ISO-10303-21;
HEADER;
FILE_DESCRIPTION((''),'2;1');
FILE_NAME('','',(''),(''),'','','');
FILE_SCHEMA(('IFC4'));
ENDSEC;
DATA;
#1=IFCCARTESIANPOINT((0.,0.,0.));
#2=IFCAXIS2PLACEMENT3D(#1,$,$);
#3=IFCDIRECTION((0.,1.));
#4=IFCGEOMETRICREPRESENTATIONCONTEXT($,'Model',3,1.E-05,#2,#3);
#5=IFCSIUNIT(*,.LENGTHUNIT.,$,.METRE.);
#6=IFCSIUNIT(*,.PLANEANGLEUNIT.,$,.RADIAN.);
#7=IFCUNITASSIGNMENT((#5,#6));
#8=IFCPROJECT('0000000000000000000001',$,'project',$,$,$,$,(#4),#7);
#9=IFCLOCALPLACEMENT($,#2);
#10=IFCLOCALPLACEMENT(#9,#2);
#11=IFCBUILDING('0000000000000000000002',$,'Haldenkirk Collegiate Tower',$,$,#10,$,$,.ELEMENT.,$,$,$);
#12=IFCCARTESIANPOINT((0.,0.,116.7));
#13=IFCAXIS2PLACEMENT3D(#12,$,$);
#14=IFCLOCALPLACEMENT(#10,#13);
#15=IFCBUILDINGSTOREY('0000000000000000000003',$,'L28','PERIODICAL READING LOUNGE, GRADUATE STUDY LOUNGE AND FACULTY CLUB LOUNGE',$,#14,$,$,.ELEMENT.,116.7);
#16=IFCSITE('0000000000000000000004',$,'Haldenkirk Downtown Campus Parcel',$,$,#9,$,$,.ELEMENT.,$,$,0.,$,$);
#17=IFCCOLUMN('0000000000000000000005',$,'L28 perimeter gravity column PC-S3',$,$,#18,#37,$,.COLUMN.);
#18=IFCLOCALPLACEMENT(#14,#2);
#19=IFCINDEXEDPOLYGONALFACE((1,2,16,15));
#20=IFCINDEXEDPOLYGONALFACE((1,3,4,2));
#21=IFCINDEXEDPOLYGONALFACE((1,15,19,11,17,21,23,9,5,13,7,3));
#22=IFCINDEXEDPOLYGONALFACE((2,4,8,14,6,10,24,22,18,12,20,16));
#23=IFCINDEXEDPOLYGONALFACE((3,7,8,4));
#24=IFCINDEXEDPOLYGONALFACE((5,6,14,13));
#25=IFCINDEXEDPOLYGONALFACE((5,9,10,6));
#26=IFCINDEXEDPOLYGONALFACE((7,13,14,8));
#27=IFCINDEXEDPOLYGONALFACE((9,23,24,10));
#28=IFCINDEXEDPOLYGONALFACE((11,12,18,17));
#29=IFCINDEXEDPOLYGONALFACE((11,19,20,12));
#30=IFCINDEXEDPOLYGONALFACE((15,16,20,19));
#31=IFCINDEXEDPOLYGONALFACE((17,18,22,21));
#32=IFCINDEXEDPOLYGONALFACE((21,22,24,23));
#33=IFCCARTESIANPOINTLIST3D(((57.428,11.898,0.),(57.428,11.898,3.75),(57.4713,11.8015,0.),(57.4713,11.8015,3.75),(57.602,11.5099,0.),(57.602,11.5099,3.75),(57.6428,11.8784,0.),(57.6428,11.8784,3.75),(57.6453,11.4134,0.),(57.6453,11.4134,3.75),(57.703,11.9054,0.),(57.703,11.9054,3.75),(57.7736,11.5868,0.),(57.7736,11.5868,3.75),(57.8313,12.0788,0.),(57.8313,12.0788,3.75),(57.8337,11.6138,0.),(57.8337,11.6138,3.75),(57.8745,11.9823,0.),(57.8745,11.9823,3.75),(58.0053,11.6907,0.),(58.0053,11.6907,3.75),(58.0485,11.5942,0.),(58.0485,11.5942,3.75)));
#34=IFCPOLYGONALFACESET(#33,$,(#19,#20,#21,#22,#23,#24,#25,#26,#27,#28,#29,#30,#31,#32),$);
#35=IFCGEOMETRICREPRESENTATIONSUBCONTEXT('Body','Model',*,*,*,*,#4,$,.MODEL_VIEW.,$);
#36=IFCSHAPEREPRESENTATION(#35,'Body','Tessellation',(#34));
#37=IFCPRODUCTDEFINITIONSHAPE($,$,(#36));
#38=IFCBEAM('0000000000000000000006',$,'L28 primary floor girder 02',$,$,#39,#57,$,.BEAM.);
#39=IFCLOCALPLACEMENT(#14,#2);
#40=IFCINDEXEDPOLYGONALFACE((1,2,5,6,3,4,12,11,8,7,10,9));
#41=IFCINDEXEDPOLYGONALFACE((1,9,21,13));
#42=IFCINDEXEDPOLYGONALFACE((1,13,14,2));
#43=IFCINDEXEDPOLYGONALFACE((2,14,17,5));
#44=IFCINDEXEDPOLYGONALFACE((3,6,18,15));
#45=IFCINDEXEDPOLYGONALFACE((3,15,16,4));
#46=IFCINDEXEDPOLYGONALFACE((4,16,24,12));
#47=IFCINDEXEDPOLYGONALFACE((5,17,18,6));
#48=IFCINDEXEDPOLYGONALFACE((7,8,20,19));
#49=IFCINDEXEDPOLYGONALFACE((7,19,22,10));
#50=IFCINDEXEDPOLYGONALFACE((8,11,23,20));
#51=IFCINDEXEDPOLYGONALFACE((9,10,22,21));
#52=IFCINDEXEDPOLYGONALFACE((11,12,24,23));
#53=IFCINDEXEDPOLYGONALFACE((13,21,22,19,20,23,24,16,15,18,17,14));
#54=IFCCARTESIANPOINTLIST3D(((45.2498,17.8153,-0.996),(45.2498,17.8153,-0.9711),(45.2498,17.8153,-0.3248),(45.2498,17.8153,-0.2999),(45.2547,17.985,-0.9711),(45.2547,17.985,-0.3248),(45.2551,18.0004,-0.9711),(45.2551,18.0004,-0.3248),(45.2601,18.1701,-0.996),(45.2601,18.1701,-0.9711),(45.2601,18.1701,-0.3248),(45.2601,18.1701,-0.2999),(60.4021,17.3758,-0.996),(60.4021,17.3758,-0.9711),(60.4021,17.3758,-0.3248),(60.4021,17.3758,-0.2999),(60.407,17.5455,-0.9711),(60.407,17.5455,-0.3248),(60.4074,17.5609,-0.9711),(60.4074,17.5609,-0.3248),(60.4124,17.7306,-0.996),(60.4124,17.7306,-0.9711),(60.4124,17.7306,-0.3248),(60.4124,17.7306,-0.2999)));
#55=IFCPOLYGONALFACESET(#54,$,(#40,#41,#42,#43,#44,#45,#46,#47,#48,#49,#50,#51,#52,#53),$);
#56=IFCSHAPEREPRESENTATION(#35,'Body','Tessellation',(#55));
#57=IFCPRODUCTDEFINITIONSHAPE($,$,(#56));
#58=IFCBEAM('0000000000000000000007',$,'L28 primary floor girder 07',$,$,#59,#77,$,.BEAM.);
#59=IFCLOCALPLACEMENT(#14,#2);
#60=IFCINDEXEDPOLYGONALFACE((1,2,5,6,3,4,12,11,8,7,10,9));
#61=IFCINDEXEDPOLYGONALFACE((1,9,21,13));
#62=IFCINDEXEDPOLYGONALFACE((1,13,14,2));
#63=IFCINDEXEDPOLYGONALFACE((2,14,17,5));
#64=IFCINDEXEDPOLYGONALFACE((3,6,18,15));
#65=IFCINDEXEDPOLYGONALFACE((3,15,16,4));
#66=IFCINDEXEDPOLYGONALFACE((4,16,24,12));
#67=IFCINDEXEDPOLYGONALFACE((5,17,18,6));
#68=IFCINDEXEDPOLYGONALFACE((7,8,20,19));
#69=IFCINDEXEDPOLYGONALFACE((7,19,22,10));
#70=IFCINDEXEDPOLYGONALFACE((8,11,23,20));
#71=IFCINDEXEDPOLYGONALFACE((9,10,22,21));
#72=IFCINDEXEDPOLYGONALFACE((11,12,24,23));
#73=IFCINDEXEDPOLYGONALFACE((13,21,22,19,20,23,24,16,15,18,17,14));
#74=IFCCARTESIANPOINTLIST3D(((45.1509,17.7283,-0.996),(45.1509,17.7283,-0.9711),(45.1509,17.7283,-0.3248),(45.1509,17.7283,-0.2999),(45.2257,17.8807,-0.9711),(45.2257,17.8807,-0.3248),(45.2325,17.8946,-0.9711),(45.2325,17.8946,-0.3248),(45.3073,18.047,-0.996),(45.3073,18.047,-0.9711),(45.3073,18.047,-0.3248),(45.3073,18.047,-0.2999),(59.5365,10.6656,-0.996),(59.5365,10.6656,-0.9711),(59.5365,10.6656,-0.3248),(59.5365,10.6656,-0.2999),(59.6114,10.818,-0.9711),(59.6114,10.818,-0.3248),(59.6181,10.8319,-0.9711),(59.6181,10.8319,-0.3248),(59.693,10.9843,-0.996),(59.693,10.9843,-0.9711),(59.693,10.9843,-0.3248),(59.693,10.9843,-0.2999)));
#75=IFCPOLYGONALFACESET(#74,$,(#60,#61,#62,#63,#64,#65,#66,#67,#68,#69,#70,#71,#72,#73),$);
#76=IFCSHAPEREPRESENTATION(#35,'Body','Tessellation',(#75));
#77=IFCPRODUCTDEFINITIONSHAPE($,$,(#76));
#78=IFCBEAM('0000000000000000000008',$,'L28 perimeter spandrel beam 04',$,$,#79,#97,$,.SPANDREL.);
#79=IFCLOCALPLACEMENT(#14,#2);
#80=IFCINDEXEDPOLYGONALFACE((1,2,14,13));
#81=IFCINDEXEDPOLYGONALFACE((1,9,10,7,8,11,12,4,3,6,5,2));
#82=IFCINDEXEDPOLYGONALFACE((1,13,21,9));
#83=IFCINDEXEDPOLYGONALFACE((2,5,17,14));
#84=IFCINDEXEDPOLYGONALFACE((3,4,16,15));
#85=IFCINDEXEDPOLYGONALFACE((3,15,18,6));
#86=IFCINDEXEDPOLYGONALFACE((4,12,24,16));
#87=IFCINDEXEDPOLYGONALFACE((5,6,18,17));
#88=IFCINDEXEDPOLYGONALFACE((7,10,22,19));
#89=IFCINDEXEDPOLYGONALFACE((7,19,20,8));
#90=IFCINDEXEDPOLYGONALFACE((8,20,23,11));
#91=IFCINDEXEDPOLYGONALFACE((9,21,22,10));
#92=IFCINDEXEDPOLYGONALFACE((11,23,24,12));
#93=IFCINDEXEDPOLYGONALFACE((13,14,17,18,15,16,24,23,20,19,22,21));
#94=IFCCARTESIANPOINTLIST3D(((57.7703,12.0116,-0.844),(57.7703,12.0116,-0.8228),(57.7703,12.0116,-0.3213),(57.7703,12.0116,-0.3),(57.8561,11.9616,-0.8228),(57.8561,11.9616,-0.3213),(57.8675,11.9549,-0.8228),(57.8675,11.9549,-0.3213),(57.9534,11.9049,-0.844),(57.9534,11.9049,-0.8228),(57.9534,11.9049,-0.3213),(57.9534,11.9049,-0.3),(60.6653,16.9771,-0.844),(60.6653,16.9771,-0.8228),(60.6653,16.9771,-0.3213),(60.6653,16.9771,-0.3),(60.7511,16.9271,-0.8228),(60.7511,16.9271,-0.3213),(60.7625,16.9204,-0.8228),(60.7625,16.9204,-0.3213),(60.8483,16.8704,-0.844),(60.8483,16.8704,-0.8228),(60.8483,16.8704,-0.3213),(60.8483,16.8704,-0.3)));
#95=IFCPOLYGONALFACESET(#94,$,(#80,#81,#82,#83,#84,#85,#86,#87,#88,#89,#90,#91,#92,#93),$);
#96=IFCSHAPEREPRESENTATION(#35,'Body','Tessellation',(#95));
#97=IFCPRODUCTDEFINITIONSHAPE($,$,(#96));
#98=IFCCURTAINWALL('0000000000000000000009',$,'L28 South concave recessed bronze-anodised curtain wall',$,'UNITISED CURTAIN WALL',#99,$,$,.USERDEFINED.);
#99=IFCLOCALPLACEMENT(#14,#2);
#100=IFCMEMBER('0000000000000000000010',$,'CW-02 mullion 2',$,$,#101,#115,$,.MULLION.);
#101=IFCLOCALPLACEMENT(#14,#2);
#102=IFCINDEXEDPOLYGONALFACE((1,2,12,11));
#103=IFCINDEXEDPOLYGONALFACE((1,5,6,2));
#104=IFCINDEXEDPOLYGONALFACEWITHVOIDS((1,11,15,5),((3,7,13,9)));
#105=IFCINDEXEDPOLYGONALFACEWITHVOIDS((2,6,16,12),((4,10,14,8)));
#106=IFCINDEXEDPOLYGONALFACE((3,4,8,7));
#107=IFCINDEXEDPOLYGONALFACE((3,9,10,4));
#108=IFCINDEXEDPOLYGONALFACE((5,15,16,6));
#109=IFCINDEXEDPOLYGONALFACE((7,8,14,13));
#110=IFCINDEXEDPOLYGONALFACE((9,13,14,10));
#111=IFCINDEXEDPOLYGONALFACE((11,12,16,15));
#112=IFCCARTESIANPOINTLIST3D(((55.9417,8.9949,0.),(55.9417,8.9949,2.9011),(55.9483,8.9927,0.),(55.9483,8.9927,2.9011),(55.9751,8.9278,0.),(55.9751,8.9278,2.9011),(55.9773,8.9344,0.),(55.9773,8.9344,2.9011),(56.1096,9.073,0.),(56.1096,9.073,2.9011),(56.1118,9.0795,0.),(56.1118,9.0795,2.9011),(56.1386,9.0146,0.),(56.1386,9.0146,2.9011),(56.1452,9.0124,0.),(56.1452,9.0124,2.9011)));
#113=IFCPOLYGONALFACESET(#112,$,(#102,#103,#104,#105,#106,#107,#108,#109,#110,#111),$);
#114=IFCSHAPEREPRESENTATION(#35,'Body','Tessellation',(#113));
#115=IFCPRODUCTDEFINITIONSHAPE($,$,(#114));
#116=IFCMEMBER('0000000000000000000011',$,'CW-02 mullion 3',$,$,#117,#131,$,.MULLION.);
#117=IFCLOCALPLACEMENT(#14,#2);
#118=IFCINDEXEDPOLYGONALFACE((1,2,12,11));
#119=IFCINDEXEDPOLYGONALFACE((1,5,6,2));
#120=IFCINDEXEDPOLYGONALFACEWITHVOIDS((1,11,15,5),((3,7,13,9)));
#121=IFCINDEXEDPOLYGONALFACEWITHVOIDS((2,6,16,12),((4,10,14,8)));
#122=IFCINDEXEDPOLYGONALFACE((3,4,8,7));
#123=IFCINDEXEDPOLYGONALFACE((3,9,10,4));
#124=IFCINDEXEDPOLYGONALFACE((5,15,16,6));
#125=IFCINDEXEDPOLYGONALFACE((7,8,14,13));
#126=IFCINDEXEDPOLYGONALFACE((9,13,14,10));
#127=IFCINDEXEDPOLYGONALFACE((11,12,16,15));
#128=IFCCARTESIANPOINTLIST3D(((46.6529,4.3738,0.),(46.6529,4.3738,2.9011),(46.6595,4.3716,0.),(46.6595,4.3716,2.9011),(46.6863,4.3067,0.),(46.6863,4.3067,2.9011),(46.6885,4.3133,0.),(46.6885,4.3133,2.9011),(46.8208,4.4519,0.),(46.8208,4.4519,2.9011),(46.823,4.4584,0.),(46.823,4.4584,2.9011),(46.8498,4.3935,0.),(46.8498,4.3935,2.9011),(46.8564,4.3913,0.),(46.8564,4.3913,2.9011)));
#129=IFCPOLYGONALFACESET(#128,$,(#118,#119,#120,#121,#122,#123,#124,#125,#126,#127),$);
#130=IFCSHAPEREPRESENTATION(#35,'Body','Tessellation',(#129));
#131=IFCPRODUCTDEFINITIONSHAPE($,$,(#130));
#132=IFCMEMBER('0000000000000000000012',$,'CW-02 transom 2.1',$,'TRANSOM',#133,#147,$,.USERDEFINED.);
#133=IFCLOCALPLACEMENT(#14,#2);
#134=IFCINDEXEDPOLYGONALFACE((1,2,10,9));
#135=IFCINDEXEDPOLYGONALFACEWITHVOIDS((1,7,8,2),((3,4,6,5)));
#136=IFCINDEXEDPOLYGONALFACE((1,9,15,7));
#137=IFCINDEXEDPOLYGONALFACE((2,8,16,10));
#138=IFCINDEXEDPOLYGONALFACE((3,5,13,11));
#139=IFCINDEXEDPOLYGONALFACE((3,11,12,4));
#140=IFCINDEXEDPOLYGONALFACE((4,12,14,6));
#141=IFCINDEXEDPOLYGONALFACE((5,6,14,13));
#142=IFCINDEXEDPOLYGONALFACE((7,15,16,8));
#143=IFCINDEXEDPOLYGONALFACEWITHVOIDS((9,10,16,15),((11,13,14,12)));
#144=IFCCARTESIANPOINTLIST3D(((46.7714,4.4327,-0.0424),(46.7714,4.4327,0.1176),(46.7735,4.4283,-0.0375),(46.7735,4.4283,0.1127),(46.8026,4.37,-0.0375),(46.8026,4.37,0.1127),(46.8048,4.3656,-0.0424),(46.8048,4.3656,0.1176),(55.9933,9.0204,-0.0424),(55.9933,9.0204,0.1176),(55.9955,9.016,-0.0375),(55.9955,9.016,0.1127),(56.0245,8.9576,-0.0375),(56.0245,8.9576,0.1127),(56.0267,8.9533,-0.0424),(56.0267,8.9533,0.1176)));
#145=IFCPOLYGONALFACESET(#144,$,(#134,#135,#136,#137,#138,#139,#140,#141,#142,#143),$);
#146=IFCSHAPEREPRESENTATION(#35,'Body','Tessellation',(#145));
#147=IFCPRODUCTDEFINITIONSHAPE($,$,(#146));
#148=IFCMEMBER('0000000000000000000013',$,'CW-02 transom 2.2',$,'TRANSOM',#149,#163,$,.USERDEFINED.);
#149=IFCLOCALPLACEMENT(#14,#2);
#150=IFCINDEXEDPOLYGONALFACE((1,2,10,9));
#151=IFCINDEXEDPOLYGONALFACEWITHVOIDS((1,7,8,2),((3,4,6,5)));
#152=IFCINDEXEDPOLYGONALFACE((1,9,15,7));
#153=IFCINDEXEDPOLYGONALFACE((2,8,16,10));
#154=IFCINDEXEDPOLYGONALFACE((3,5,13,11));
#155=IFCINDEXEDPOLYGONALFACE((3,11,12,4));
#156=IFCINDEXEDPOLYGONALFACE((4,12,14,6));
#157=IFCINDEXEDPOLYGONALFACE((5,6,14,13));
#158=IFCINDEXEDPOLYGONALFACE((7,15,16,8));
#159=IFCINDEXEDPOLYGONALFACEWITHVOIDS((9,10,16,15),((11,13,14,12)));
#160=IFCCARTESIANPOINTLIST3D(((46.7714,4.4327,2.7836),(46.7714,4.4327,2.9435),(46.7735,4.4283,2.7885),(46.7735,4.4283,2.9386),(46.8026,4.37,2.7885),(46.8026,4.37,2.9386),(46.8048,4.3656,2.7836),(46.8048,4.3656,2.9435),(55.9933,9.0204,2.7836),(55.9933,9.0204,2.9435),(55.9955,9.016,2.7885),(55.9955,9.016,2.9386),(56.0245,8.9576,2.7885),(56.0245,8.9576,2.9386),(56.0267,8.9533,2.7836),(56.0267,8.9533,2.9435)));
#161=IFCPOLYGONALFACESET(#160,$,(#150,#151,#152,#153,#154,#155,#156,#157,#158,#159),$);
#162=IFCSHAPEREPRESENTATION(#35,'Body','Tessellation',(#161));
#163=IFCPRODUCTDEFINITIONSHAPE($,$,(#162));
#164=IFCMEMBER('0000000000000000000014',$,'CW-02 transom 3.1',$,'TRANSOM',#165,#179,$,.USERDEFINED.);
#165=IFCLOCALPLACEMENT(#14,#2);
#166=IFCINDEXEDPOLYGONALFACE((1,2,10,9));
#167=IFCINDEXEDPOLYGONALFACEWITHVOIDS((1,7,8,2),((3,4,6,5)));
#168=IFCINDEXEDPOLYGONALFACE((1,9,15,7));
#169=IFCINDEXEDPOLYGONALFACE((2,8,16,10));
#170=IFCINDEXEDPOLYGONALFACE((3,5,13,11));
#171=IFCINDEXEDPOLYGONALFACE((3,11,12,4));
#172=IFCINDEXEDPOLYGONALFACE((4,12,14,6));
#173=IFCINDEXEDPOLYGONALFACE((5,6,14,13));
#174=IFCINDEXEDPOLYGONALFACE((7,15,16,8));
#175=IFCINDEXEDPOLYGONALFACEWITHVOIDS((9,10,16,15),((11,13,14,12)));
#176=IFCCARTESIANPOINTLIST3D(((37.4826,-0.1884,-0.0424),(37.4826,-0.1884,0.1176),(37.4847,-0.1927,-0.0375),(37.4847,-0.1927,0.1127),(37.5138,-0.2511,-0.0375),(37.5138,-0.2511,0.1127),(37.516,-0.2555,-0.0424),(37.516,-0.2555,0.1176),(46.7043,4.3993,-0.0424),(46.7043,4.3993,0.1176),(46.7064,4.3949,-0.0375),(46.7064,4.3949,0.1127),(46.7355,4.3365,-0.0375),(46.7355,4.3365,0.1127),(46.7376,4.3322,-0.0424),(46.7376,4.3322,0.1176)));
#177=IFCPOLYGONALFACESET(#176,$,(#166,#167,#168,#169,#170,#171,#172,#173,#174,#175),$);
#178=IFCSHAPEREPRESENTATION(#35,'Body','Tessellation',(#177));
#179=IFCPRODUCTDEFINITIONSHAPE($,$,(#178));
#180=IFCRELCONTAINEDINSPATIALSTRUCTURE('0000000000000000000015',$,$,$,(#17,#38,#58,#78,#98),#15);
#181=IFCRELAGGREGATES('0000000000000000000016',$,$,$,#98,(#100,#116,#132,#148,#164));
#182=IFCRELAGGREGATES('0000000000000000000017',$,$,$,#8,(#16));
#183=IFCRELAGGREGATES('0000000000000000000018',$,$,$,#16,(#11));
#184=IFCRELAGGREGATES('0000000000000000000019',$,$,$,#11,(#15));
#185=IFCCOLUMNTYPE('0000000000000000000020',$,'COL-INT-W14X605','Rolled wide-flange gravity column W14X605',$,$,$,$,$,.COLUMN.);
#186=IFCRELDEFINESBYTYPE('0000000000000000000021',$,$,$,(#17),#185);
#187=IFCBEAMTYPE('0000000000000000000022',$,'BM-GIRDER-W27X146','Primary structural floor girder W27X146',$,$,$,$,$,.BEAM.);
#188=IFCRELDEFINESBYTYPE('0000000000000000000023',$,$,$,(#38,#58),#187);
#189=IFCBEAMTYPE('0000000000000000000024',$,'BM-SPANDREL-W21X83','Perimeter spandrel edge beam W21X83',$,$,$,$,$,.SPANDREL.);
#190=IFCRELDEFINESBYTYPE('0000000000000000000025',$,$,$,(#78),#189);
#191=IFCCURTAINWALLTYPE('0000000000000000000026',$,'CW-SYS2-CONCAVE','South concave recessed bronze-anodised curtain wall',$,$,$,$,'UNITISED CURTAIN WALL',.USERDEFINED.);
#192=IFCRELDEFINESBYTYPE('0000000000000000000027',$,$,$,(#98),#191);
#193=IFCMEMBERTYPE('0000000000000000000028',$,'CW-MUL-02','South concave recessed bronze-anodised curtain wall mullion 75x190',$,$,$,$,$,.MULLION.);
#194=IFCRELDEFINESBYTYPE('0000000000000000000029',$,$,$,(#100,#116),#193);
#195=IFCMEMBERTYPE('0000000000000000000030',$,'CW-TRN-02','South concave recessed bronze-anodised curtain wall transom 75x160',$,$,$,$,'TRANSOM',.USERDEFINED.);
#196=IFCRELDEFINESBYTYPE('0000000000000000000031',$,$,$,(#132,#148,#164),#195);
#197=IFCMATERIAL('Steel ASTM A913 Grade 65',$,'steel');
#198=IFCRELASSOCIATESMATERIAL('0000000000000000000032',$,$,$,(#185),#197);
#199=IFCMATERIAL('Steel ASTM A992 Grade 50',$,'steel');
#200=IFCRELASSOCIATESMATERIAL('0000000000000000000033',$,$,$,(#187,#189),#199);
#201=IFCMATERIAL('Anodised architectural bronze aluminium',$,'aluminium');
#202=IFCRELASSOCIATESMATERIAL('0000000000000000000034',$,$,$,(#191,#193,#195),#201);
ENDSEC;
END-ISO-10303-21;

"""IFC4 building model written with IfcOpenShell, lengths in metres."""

from ifc_helpers import new_model, si_unit, direction, frame, origin, origin_2d, place, context, subcontext, project, spatial, hollow_rectangle, i_section, extrude, material, material_profile, profile_set, type_object, element, aggregate, save


model = new_model("IFC4")

# Units and contexts
model_context = context("Model", 3, precision=1e-05, world=origin(), true_north=direction((0.0, 1.0)))
body_context = subcontext(model_context, "Body", "Model", "MODEL_VIEW")
ifc_project = project(units=[si_unit("LENGTHUNIT", "METRE"), si_unit("PLANEANGLEUNIT", "RADIAN")], contexts=[model_context])

# Site, building, storey
site_placement = place(None, origin())
site = spatial("IfcSite", under=ifc_project, at=site_placement, Name="Haldenkirk Downtown Campus Parcel", CompositionType="ELEMENT", RefElevation=0.0)
building_placement = place(site_placement, origin())
building = spatial("IfcBuilding", under=site, at=building_placement, Name="Haldenkirk Collegiate Tower", CompositionType="ELEMENT")
storey_placement = place(building_placement, frame((0.0, 0.0, 116.7)))
storey = spatial("IfcBuildingStorey", under=building, at=storey_placement, Name="L28", Description="PERIODICAL READING LOUNGE, GRADUATE STUDY LOUNGE AND FACULTY CLUB LOUNGE", CompositionType="ELEMENT", Elevation=116.7)

# Column
ifc_material_1 = material(Name="Steel ASTM A913 Grade 65", Category="steel")
ifc_material_profile_1 = material_profile(ifc_material_1, i_section(OverallWidth=0.4419, OverallDepth=0.531, WebThickness=0.0659, FlangeThickness=0.1057, at=origin_2d()), Name="W14X605")
ifc_profile_set_1 = profile_set([ifc_material_profile_1], Name="Steel ASTM A913 Grade 65")
column_type = type_object("IfcColumnType", Name="COL-INT-W14X605", Description="Rolled wide-flange gravity column W14X605", PredefinedType="COLUMN", material=ifc_profile_set_1)
column_placement = place(storey_placement, frame((57.7383, 11.7461, 0.0), z_axis=(0.0, 0.0, 1.0), x_axis=(0.912477, 0.409127, 0.0)))
element("IfcColumn", 1, at=column_placement, inside=storey, type_object=column_type, Name="L28 perimeter gravity column PC-S3", PredefinedType="COLUMN", context=body_context, shape_type="SweptSolid", body=[
    extrude(i_section(OverallWidth=0.4419, OverallDepth=0.531, WebThickness=0.0659, FlangeThickness=0.1057, at=origin_2d()), origin(), (0.0, 0.0, 1.0), 3.75),
])

# Beams
ifc_material_2 = material(Name="Steel ASTM A992 Grade 50", Category="steel")
ifc_material_profile_2 = material_profile(ifc_material_2, i_section(OverallWidth=0.355, OverallDepth=0.696, WebThickness=0.0154, FlangeThickness=0.0249, at=origin_2d()), Name="W27X146")
ifc_profile_set_2 = profile_set([ifc_material_profile_2], Name="Steel ASTM A992 Grade 50")
beam_type_1 = type_object("IfcBeamType", Name="BM-GIRDER-W27X146", Description="Primary structural floor girder W27X146", PredefinedType="BEAM", material=ifc_profile_set_2)
beam_1_placement = place(storey_placement, frame((60.4072, 17.5532, -0.6479), z_axis=(-0.99958, 0.02899, 0.0), x_axis=(-0.02899, -0.99958, 0.0)))
element("IfcBeam", 2, at=beam_1_placement, inside=storey, type_object=beam_type_1, Name="L28 primary floor girder 02", PredefinedType="BEAM", context=body_context, shape_type="SweptSolid", body=[
    extrude(i_section(OverallWidth=0.355, OverallDepth=0.696, WebThickness=0.0154, FlangeThickness=0.0249, at=origin_2d()), origin(), (0.0, 0.0, 1.0), 15.1587),
])
beam_2_placement = place(storey_placement, frame((59.6147, 10.825, -0.6479), z_axis=(-0.897652, 0.440706, 0.0), x_axis=(-0.440706, -0.897652, 0.0)))
element("IfcBeam", 3, at=beam_2_placement, inside=storey, type_object=beam_type_1, Name="L28 primary floor girder 07", PredefinedType="BEAM", context=body_context, shape_type="SweptSolid", body=[
    extrude(i_section(OverallWidth=0.355, OverallDepth=0.696, WebThickness=0.0154, FlangeThickness=0.0249, at=origin_2d()), origin(), (0.0, 0.0, 1.0), 16.0259),
])
ifc_material_profile_3 = material_profile(ifc_material_2, i_section(OverallWidth=0.2119, OverallDepth=0.5439, WebThickness=0.0132, FlangeThickness=0.0212, at=origin_2d()), Name="W21X83")
ifc_profile_set_3 = profile_set([ifc_material_profile_3], Name="Steel ASTM A992 Grade 50")
beam_type_2 = type_object("IfcBeamType", Name="BM-SPANDREL-W21X83", Description="Perimeter spandrel edge beam W21X83", PredefinedType="SPANDREL", material=ifc_profile_set_3)
beam_3_placement = place(storey_placement, frame((57.8618, 11.9583, -0.572), z_axis=(0.503668, 0.863897, 0.0), x_axis=(-0.863897, 0.503668, 0.0)))
element("IfcBeam", 4, at=beam_3_placement, inside=storey, type_object=beam_type_2, Name="L28 perimeter spandrel beam 04", PredefinedType="SPANDREL", context=body_context, shape_type="SweptSolid", body=[
    extrude(i_section(OverallWidth=0.2119, OverallDepth=0.5439, WebThickness=0.0132, FlangeThickness=0.0212, at=origin_2d()), origin(), (0.0, 0.0, 1.0), 5.7478),
])

# Curtain wall, members
ifc_material_3 = material(Name="Anodised architectural bronze aluminium", Category="aluminium")
curtain_wall_type = type_object("IfcCurtainWallType", Name="CW-SYS2-CONCAVE", Description="South concave recessed bronze-anodised curtain wall", ElementType="UNITISED CURTAIN WALL", PredefinedType="USERDEFINED", material=ifc_material_3)
curtain_wall_placement = place(storey_placement, origin())
curtain_wall = element("IfcCurtainWall", 5, at=curtain_wall_placement, inside=storey, type_object=curtain_wall_type, Name="L28 South concave recessed bronze-anodised curtain wall", ObjectType="UNITISED CURTAIN WALL", PredefinedType="USERDEFINED")
ifc_material_profile_4 = material_profile(ifc_material_3, hollow_rectangle(XDim=0.075, YDim=0.1899, WallThickness=0.0049, at=origin_2d()), Name="CW-MUL-02")
ifc_profile_set_4 = profile_set([ifc_material_profile_4], Name="Anodised architectural bronze aluminium")
member_type_1 = type_object("IfcMemberType", Name="CW-MUL-02", Description="South concave recessed bronze-anodised curtain wall mullion 75x190", PredefinedType="MULLION", material=ifc_profile_set_4)
member_1_placement = place(storey_placement, frame((56.0435, 9.0037, 0.0), z_axis=(0.0, 0.0, 1.0), x_axis=(0.445415, -0.895324, 0.0)))
member_1 = element("IfcMember", 6, at=member_1_placement, type_object=member_type_1, Name="CW-02 mullion 2", PredefinedType="MULLION", context=body_context, shape_type="SweptSolid", body=[
    extrude(hollow_rectangle(XDim=0.075, YDim=0.1899, WallThickness=0.0049, at=origin_2d()), origin(), (0.0, 0.0, 1.0), 2.9011),
])
member_2_placement = place(storey_placement, frame((46.7546, 4.3826, 0.0), z_axis=(0.0, 0.0, 1.0), x_axis=(0.445415, -0.895324, 0.0)))
member_2 = element("IfcMember", 7, at=member_2_placement, type_object=member_type_1, Name="CW-02 mullion 3", PredefinedType="MULLION", context=body_context, shape_type="SweptSolid", body=[
    extrude(hollow_rectangle(XDim=0.075, YDim=0.1899, WallThickness=0.0049, at=origin_2d()), origin(), (0.0, 0.0, 1.0), 2.9011),
])
ifc_material_profile_5 = material_profile(ifc_material_3, hollow_rectangle(XDim=0.075, YDim=0.1599, WallThickness=0.0049, at=origin_2d()), Name="CW-TRN-02")
ifc_profile_set_5 = profile_set([ifc_material_profile_5], Name="Anodised architectural bronze aluminium")
member_type_2 = type_object("IfcMemberType", Name="CW-TRN-02", Description="South concave recessed bronze-anodised curtain wall transom 75x160", ElementType="TRANSOM", PredefinedType="USERDEFINED", material=ifc_profile_set_5)
member_3_placement = place(storey_placement, frame((56.01, 8.9868, 0.0376), z_axis=(-0.895331, -0.445402, 0.0), x_axis=(0.445402, -0.895331, 0.0)))
member_3 = element("IfcMember", 8, at=member_3_placement, type_object=member_type_2, Name="CW-02 transom 2.1", ObjectType="TRANSOM", PredefinedType="USERDEFINED", context=body_context, shape_type="SweptSolid", body=[
    extrude(hollow_rectangle(XDim=0.075, YDim=0.1599, WallThickness=0.0049, at=origin_2d()), origin(), (0.0, 0.0, 1.0), 10.3),
])
member_4_placement = place(storey_placement, frame((56.01, 8.9868, 2.8635), z_axis=(-0.895331, -0.445402, 0.0), x_axis=(0.445402, -0.895331, 0.0)))
member_4 = element("IfcMember", 9, at=member_4_placement, type_object=member_type_2, Name="CW-02 transom 2.2", ObjectType="TRANSOM", PredefinedType="USERDEFINED", context=body_context, shape_type="SweptSolid", body=[
    extrude(hollow_rectangle(XDim=0.075, YDim=0.1599, WallThickness=0.0049, at=origin_2d()), origin(), (0.0, 0.0, 1.0), 10.3),
])
member_5_placement = place(storey_placement, frame((46.7209, 4.3657, 0.0376), z_axis=(-0.895326, -0.445411, 0.0), x_axis=(0.445411, -0.895326, 0.0)))
member_5 = element("IfcMember", 10, at=member_5_placement, type_object=member_type_2, Name="CW-02 transom 3.1", ObjectType="TRANSOM", PredefinedType="USERDEFINED", context=body_context, shape_type="SweptSolid", body=[
    extrude(hollow_rectangle(XDim=0.075, YDim=0.1599, WallThickness=0.0049, at=origin_2d()), origin(), (0.0, 0.0, 1.0), 10.2998),
])

aggregate(curtain_wall, [member_1, member_2, member_3, member_4, member_5])

save(model, "model.ifc")
